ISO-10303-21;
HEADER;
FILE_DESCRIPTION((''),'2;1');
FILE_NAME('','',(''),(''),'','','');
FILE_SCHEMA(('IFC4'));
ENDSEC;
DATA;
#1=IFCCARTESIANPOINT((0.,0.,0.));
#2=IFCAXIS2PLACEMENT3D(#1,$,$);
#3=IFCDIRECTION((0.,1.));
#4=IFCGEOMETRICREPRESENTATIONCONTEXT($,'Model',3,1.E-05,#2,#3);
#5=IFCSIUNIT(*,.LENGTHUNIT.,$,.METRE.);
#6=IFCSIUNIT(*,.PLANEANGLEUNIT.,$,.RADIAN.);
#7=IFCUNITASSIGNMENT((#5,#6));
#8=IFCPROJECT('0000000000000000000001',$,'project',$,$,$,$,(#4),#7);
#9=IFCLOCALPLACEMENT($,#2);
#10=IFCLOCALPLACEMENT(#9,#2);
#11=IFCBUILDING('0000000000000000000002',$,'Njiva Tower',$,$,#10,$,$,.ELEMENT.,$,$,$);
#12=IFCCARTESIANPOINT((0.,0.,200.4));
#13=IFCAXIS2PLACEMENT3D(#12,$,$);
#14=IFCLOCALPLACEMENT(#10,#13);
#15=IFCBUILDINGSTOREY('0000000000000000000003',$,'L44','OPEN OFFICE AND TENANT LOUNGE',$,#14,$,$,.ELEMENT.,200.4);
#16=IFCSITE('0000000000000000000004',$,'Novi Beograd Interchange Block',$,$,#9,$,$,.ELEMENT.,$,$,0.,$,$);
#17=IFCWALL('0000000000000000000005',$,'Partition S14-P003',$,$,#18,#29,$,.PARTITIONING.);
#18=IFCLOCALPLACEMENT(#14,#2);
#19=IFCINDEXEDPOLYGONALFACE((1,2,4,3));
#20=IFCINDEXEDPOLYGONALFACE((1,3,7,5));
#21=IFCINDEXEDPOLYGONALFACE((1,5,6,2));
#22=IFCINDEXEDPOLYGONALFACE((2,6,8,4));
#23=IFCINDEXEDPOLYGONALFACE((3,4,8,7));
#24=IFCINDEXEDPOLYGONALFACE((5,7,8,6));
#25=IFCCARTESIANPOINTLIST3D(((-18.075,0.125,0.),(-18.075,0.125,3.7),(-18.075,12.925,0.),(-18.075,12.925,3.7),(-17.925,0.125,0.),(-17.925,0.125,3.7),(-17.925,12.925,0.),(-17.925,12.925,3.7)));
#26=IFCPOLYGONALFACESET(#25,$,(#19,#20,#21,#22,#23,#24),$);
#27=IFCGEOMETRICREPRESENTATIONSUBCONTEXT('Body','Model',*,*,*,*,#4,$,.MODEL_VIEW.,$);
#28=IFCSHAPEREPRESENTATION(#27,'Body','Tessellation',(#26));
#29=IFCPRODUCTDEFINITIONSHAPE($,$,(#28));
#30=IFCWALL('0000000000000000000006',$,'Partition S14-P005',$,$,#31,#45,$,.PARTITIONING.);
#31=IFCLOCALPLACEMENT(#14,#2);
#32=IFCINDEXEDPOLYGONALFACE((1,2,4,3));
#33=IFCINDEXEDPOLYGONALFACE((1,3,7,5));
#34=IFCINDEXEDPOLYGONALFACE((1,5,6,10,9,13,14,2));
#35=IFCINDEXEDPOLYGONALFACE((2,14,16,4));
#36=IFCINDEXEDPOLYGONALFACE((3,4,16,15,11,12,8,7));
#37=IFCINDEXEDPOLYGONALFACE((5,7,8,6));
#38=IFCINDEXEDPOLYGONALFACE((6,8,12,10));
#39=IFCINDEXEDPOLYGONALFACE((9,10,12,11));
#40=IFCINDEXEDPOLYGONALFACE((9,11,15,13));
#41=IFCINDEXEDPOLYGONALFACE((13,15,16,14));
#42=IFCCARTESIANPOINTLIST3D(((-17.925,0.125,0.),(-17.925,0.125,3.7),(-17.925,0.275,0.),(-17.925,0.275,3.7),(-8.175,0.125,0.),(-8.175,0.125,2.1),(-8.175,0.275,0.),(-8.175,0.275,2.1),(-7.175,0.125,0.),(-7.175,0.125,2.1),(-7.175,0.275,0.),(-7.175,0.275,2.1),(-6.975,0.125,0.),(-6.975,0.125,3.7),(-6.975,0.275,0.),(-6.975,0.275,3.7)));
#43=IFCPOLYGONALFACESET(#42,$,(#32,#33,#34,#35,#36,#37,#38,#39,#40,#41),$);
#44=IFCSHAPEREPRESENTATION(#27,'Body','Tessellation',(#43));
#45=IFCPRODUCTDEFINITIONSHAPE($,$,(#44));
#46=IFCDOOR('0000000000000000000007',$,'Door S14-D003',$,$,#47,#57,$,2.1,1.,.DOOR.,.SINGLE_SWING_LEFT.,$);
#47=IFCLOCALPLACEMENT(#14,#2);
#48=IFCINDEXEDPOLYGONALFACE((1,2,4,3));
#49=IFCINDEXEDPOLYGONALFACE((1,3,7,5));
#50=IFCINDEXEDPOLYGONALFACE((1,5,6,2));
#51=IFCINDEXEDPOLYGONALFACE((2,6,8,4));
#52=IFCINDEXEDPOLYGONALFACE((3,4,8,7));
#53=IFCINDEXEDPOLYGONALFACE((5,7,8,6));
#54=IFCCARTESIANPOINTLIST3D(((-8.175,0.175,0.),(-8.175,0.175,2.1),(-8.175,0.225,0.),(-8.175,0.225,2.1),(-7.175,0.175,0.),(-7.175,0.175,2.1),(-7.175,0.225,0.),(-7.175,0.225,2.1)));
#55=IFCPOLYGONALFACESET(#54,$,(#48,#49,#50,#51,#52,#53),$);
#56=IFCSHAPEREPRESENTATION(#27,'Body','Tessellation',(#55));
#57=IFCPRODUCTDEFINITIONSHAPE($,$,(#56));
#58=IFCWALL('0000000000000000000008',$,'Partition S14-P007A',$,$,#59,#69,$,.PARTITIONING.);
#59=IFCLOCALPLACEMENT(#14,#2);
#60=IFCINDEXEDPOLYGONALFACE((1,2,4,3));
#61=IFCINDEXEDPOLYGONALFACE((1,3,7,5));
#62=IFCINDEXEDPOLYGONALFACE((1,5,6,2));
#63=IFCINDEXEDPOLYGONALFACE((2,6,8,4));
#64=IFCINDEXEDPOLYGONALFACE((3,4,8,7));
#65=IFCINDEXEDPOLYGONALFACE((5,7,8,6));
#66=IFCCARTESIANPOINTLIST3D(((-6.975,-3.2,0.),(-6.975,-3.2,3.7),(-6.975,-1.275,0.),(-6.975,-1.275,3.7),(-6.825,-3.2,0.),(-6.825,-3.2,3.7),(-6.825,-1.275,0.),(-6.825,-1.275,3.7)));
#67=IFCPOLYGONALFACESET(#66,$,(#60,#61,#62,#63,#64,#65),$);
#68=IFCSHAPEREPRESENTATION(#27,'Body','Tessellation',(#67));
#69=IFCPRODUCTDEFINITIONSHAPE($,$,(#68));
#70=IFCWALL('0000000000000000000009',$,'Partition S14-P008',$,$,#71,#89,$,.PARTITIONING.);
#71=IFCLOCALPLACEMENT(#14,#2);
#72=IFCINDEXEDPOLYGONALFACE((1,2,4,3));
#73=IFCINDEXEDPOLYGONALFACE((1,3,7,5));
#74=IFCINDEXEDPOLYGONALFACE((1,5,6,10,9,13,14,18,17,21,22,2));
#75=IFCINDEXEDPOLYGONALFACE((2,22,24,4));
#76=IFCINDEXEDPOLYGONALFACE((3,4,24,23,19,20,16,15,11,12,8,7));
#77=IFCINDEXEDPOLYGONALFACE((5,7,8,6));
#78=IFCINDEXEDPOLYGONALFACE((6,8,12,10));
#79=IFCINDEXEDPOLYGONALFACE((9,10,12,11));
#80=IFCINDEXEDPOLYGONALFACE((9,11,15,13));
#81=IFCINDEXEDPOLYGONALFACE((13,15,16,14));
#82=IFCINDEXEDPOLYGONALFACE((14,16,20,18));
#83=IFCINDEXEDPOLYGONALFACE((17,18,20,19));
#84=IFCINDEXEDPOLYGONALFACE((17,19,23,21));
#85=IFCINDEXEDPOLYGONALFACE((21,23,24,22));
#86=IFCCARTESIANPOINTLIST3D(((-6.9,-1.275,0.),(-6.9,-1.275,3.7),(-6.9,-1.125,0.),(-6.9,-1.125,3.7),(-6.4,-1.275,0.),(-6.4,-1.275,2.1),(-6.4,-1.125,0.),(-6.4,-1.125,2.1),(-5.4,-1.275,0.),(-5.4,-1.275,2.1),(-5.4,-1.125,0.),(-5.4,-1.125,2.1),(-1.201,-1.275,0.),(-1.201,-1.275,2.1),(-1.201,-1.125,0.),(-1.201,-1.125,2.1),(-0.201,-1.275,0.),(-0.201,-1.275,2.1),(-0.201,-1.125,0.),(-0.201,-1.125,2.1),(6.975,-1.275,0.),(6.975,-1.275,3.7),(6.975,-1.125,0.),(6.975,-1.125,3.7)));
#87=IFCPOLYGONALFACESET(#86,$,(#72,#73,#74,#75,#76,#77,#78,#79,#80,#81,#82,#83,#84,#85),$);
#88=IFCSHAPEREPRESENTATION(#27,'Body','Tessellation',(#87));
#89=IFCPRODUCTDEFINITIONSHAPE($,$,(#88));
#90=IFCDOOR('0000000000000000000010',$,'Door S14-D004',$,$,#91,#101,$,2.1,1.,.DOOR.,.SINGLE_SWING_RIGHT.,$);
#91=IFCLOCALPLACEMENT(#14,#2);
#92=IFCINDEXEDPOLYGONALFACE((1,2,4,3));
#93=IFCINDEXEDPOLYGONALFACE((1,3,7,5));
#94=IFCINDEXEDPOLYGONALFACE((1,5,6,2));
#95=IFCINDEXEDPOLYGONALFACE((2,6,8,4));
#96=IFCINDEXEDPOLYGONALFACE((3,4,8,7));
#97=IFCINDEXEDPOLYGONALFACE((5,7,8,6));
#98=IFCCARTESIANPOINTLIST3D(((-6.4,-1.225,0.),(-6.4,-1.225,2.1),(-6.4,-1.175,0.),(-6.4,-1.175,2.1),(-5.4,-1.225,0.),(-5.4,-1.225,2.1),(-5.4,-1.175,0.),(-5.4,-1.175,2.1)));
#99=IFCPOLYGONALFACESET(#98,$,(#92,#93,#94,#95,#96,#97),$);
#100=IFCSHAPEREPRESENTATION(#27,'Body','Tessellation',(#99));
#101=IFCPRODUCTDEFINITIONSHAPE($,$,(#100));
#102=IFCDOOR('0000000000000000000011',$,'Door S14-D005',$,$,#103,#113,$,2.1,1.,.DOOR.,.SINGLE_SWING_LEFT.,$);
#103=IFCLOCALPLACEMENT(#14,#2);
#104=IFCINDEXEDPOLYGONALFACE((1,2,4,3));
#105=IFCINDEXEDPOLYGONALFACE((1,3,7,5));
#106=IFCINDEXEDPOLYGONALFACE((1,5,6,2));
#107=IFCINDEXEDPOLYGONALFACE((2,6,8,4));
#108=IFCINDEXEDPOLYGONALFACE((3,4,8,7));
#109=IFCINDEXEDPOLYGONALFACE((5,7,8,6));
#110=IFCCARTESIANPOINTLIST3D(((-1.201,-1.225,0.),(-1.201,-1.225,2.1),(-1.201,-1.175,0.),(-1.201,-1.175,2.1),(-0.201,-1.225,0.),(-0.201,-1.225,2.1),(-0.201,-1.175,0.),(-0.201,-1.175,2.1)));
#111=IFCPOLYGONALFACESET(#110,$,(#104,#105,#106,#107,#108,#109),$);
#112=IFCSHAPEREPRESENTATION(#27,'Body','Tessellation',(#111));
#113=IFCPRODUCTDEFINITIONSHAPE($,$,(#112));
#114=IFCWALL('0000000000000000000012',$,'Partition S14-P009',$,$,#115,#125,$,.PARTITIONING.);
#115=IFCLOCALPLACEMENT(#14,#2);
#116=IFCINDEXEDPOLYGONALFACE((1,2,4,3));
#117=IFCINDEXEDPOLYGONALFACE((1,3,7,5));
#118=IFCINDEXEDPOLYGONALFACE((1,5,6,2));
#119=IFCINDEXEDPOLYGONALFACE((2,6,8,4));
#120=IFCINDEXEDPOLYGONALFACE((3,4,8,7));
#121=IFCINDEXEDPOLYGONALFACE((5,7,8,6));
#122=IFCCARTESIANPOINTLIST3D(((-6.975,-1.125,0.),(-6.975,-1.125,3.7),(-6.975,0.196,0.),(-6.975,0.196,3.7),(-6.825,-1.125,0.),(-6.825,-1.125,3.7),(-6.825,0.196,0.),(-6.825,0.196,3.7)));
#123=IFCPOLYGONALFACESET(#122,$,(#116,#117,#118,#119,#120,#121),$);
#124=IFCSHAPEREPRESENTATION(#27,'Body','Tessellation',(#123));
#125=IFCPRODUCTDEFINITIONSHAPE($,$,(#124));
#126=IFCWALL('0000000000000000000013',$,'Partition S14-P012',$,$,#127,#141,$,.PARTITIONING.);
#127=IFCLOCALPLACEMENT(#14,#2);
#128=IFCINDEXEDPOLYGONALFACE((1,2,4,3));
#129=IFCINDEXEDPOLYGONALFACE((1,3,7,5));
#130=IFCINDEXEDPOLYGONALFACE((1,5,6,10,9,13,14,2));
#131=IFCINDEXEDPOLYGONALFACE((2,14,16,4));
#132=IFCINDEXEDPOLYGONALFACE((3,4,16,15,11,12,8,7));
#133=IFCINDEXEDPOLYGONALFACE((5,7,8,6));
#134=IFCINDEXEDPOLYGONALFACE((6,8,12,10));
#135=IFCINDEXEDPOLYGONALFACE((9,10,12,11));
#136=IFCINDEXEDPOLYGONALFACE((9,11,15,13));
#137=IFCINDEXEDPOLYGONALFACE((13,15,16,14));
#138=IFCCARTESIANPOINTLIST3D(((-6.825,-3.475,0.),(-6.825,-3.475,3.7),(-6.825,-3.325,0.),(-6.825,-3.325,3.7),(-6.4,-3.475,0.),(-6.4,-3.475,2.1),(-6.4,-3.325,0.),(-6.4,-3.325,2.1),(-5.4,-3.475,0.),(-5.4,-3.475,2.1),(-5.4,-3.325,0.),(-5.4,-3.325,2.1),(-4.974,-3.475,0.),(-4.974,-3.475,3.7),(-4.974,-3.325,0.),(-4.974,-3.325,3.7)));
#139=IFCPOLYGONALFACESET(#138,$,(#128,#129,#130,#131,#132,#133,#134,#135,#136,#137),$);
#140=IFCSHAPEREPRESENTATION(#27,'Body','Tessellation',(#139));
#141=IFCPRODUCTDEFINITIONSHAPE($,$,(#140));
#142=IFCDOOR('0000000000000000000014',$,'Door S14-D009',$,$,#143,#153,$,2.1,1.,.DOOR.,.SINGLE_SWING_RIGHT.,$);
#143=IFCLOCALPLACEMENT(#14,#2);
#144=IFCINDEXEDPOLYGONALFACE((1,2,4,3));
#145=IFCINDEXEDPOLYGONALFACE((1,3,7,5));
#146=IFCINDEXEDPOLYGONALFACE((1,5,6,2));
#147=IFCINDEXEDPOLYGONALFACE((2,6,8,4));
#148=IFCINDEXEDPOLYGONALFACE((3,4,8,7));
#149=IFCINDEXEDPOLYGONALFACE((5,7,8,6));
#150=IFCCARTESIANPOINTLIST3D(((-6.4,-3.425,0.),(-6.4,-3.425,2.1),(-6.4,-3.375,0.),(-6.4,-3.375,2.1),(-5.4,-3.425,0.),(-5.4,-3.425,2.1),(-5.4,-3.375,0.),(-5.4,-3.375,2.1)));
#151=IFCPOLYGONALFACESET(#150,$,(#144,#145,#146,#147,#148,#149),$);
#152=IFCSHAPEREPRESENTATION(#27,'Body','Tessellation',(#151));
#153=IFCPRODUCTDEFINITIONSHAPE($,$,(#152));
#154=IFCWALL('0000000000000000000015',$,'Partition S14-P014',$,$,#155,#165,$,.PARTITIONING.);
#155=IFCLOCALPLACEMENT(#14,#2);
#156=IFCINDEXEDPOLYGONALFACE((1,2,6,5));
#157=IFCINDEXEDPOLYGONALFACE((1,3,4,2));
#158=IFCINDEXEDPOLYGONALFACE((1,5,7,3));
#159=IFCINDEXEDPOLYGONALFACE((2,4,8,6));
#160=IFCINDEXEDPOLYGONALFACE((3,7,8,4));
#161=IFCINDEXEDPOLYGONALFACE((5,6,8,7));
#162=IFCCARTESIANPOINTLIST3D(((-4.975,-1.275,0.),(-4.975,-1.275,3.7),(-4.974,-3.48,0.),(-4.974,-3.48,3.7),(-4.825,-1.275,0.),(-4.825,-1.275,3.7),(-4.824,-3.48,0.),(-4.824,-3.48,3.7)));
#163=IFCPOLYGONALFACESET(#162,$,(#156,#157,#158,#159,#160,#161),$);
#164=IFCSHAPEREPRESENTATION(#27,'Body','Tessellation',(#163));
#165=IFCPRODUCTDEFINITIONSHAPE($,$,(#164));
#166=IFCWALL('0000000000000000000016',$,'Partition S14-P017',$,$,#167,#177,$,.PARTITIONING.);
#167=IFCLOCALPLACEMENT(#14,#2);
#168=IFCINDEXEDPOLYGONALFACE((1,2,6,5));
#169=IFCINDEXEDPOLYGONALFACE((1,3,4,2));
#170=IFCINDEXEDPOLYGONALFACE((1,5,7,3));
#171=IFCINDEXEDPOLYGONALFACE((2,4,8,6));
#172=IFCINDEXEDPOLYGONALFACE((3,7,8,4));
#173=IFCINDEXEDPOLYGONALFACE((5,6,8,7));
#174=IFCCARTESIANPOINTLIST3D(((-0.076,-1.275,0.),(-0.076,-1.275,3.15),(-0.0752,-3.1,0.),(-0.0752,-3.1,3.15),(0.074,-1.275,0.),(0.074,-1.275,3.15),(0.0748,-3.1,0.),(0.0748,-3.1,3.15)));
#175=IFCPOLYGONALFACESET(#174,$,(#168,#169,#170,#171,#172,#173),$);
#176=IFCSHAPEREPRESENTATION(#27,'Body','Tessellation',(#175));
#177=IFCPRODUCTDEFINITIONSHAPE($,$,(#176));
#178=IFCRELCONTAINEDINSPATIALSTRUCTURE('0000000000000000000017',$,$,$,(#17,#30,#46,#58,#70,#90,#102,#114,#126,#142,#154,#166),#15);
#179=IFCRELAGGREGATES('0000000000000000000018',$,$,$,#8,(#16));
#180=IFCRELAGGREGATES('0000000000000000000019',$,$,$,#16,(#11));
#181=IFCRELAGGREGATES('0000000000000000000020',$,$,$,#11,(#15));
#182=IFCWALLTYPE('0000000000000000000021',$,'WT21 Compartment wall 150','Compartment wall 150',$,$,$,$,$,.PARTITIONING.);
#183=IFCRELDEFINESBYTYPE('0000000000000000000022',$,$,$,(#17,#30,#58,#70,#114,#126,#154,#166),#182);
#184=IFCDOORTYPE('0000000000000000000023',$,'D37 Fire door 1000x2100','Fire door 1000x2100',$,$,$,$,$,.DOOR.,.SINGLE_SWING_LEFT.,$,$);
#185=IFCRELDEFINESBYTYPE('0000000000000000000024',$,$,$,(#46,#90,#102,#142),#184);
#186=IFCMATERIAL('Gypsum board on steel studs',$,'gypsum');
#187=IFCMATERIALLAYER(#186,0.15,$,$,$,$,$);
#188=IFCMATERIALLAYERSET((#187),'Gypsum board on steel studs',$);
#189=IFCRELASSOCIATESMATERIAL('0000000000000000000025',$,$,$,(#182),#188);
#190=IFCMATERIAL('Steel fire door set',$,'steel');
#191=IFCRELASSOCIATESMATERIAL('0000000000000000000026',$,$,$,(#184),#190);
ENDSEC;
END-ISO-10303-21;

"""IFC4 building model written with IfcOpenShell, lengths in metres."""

from ifc_helpers import new_model, si_unit, direction, frame, frame_2d, origin, place, context, subcontext, project, spatial, rectangle, extrude, material, layer, layer_set, type_object, element, fill, save


model = new_model("IFC4")

# Units and contexts
model_context = context("Model", 3, precision=1e-05, world=origin(), true_north=direction((0.0, 1.0)))
body_context = subcontext(model_context, "Body", "Model", "MODEL_VIEW")
ifc_project = project(units=[si_unit("LENGTHUNIT", "METRE"), si_unit("PLANEANGLEUNIT", "RADIAN")], contexts=[model_context])

# Site, building, storey
site_placement = place(None, origin())
site = spatial("IfcSite", under=ifc_project, at=site_placement, Name="Novi Beograd Interchange Block", CompositionType="ELEMENT", RefElevation=0.0)
building_placement = place(site_placement, origin())
building = spatial("IfcBuilding", under=site, at=building_placement, Name="Njiva Tower", CompositionType="ELEMENT")
storey_placement = place(building_placement, frame((0.0, 0.0, 200.4)))
storey = spatial("IfcBuildingStorey", under=building, at=storey_placement, Name="L44", Description="OPEN OFFICE AND TENANT LOUNGE", CompositionType="ELEMENT", Elevation=200.4)

# Wall
ifc_material_1 = material(Name="Gypsum board on steel studs", Category="gypsum")
ifc_layer_1 = layer(ifc_material_1, 0.15)
ifc_layer_set_1 = layer_set([ifc_layer_1], Name="Gypsum board on steel studs")
wall_type_1 = type_object("IfcWallType", Name="WT21 Compartment wall 150", Description="Compartment wall 150", PredefinedType="PARTITIONING", material=ifc_layer_set_1)
wall_1_placement = place(storey_placement, frame((-18.0, 0.125, 0.0), z_axis=(0.0, 0.0, 1.0), x_axis=(0.0, 1.0, 0.0)))
element("IfcWall", 1, at=wall_1_placement, inside=storey, type_object=wall_type_1, Name="Partition S14-P003", PredefinedType="PARTITIONING", context=body_context, shape_type="SweptSolid", body=[
    extrude(rectangle(XDim=12.8, YDim=0.15, at=frame_2d((6.4, 0.0))), origin(), (0.0, 0.0, 1.0), 3.7),
])

# Wall, opening, door
wall_2_placement = place(storey_placement, frame((-17.925, 0.2, 0.0), z_axis=(0.0, 0.0, 1.0), x_axis=(1.0, 0.0, 0.0)))
wall_2 = element("IfcWall", 2, at=wall_2_placement, inside=storey, type_object=wall_type_1, Name="Partition S14-P005", PredefinedType="PARTITIONING", context=body_context, shape_type="SweptSolid", body=[
    extrude(rectangle(XDim=10.95, YDim=0.15, at=frame_2d((5.475, 0.0))), origin(), (0.0, 0.0, 1.0), 3.7),
])
opening_1_placement = place(wall_2_placement, frame((9.75, 0.0, 0.0)))
opening_1 = element("IfcOpeningElement", 3, at=opening_1_placement, cuts=wall_2, PredefinedType="OPENING", context=body_context, shape_type="SweptSolid", body=[
    extrude(rectangle(XDim=1.0, YDim=2.1, at=frame_2d((0.5, 1.05))), frame((0.0, 0.085, 0.0), z_axis=(0.0, -1.0, 0.0), x_axis=(1.0, 0.0, 0.0)), (0.0, 0.0, 1.0), 0.17),
])
ifc_material_2 = material(Name="Steel fire door set", Category="steel")
door_type = type_object("IfcDoorType", Name="D37 Fire door 1000x2100", Description="Fire door 1000x2100", OperationType="SINGLE_SWING_LEFT", PredefinedType="DOOR", material=ifc_material_2)
door_1_placement = place(opening_1_placement, origin())
door_1 = element("IfcDoor", 4, at=door_1_placement, inside=storey, type_object=door_type, Name="Door S14-D003", OperationType="SINGLE_SWING_LEFT", OverallHeight=2.1, OverallWidth=1.0, PredefinedType="DOOR", context=body_context, shape_type="SweptSolid", body=[
    extrude(rectangle(XDim=1.0, YDim=2.1, at=frame_2d((0.5, 1.05))), frame((0.0, 0.025, 0.0), z_axis=(0.0, -1.0, 0.0), x_axis=(1.0, 0.0, 0.0)), (0.0, 0.0, 1.0), 0.05),
])
fill(opening_1, door_1)

# Wall
wall_3_placement = place(storey_placement, frame((-6.9, -3.2, 0.0), z_axis=(0.0, 0.0, 1.0), x_axis=(0.0, 1.0, 0.0)))
element("IfcWall", 5, at=wall_3_placement, inside=storey, type_object=wall_type_1, Name="Partition S14-P007A", PredefinedType="PARTITIONING", context=body_context, shape_type="SweptSolid", body=[
    extrude(rectangle(XDim=1.925, YDim=0.15, at=frame_2d((0.9625, 0.0))), origin(), (0.0, 0.0, 1.0), 3.7),
])

# Wall, openings, doors
wall_4_placement = place(storey_placement, frame((-6.9, -1.2, 0.0), z_axis=(0.0, 0.0, 1.0), x_axis=(1.0, 0.0, 0.0)))
wall_4 = element("IfcWall", 6, at=wall_4_placement, inside=storey, type_object=wall_type_1, Name="Partition S14-P008", PredefinedType="PARTITIONING", context=body_context, shape_type="SweptSolid", body=[
    extrude(rectangle(XDim=13.875, YDim=0.15, at=frame_2d((6.9375, 0.0))), origin(), (0.0, 0.0, 1.0), 3.7),
])
opening_2_placement = place(wall_4_placement, frame((0.5, 0.0, 0.0)))
opening_2 = element("IfcOpeningElement", 7, at=opening_2_placement, cuts=wall_4, PredefinedType="OPENING", context=body_context, shape_type="SweptSolid", body=[
    extrude(rectangle(XDim=1.0, YDim=2.1, at=frame_2d((0.5, 1.05))), frame((0.0, 0.085, 0.0), z_axis=(0.0, -1.0, 0.0), x_axis=(1.0, 0.0, 0.0)), (0.0, 0.0, 1.0), 0.17),
])
opening_3_placement = place(wall_4_placement, frame((5.699, 0.0, 0.0)))
opening_3 = element("IfcOpeningElement", 8, at=opening_3_placement, cuts=wall_4, PredefinedType="OPENING", context=body_context, shape_type="SweptSolid", body=[
    extrude(rectangle(XDim=1.0, YDim=2.1, at=frame_2d((0.5, 1.05))), frame((0.0, 0.085, 0.0), z_axis=(0.0, -1.0, 0.0), x_axis=(1.0, 0.0, 0.0)), (0.0, 0.0, 1.0), 0.17),
])
door_2_placement = place(opening_2_placement, origin())
door_2 = element("IfcDoor", 9, at=door_2_placement, inside=storey, type_object=door_type, Name="Door S14-D004", OperationType="SINGLE_SWING_RIGHT", OverallHeight=2.1, OverallWidth=1.0, PredefinedType="DOOR", context=body_context, shape_type="SweptSolid", body=[
    extrude(rectangle(XDim=1.0, YDim=2.1, at=frame_2d((0.5, 1.05))), frame((0.0, 0.025, 0.0), z_axis=(0.0, -1.0, 0.0), x_axis=(1.0, 0.0, 0.0)), (0.0, 0.0, 1.0), 0.05),
])
fill(opening_2, door_2)
door_3_placement = place(opening_3_placement, origin())
door_3 = element("IfcDoor", 10, at=door_3_placement, inside=storey, type_object=door_type, Name="Door S14-D005", OperationType="SINGLE_SWING_LEFT", OverallHeight=2.1, OverallWidth=1.0, PredefinedType="DOOR", context=body_context, shape_type="SweptSolid", body=[
    extrude(rectangle(XDim=1.0, YDim=2.1, at=frame_2d((0.5, 1.05))), frame((0.0, 0.025, 0.0), z_axis=(0.0, -1.0, 0.0), x_axis=(1.0, 0.0, 0.0)), (0.0, 0.0, 1.0), 0.05),
])
fill(opening_3, door_3)

# Wall
wall_5_placement = place(storey_placement, frame((-6.9, -1.125, 0.0), z_axis=(0.0, 0.0, 1.0), x_axis=(0.0, 1.0, 0.0)))
element("IfcWall", 11, at=wall_5_placement, inside=storey, type_object=wall_type_1, Name="Partition S14-P009", PredefinedType="PARTITIONING", context=body_context, shape_type="SweptSolid", body=[
    extrude(rectangle(XDim=1.321, YDim=0.15, at=frame_2d((0.6605, 0.0))), origin(), (0.0, 0.0, 1.0), 3.7),
])

# Wall, opening, door
wall_6_placement = place(storey_placement, frame((-6.825, -3.4, 0.0), z_axis=(0.0, 0.0, 1.0), x_axis=(1.0, 0.0, 0.0)))
wall_6 = element("IfcWall", 12, at=wall_6_placement, inside=storey, type_object=wall_type_1, Name="Partition S14-P012", PredefinedType="PARTITIONING", context=body_context, shape_type="SweptSolid", body=[
    extrude(rectangle(XDim=1.851, YDim=0.15, at=frame_2d((0.9255, 0.0))), origin(), (0.0, 0.0, 1.0), 3.7),
])
opening_4_placement = place(wall_6_placement, frame((0.425, 0.0, 0.0)))
opening_4 = element("IfcOpeningElement", 13, at=opening_4_placement, cuts=wall_6, PredefinedType="OPENING", context=body_context, shape_type="SweptSolid", body=[
    extrude(rectangle(XDim=1.0, YDim=2.1, at=frame_2d((0.5, 1.05))), frame((0.0, 0.085, 0.0), z_axis=(0.0, -1.0, 0.0), x_axis=(1.0, 0.0, 0.0)), (0.0, 0.0, 1.0), 0.17),
])
door_4_placement = place(opening_4_placement, origin())
door_4 = element("IfcDoor", 14, at=door_4_placement, inside=storey, type_object=door_type, Name="Door S14-D009", OperationType="SINGLE_SWING_RIGHT", OverallHeight=2.1, OverallWidth=1.0, PredefinedType="DOOR", context=body_context, shape_type="SweptSolid", body=[
    extrude(rectangle(XDim=1.0, YDim=2.1, at=frame_2d((0.5, 1.05))), frame((0.0, 0.025, 0.0), z_axis=(0.0, -1.0, 0.0), x_axis=(1.0, 0.0, 0.0)), (0.0, 0.0, 1.0), 0.05),
])
fill(opening_4, door_4)

# Walls
wall_7_placement = place(storey_placement, frame((-4.899, -3.48, 0.0), z_axis=(0.0, 0.0, 1.0), x_axis=(-0.000454, 1.0, 0.0)))
element("IfcWall", 15, at=wall_7_placement, inside=storey, type_object=wall_type_1, Name="Partition S14-P014", PredefinedType="PARTITIONING", context=body_context, shape_type="SweptSolid", body=[
    extrude(rectangle(XDim=2.205, YDim=0.15, at=frame_2d((1.1025, 0.0))), origin(), (0.0, 0.0, 1.0), 3.7),
])
wall_8_placement = place(storey_placement, frame((-0.001, -1.275, 0.0), z_axis=(0.0, 0.0, 1.0), x_axis=(0.000438, -1.0, 0.0)))
element("IfcWall", 16, at=wall_8_placement, inside=storey, type_object=wall_type_1, Name="Partition S14-P017", PredefinedType="PARTITIONING", context=body_context, shape_type="SweptSolid", body=[
    extrude(rectangle(XDim=1.825, YDim=0.15, at=frame_2d((0.9125, 0.0))), origin(), (0.0, 0.0, 1.0), 3.15),
])

save(model, "model.ifc")
